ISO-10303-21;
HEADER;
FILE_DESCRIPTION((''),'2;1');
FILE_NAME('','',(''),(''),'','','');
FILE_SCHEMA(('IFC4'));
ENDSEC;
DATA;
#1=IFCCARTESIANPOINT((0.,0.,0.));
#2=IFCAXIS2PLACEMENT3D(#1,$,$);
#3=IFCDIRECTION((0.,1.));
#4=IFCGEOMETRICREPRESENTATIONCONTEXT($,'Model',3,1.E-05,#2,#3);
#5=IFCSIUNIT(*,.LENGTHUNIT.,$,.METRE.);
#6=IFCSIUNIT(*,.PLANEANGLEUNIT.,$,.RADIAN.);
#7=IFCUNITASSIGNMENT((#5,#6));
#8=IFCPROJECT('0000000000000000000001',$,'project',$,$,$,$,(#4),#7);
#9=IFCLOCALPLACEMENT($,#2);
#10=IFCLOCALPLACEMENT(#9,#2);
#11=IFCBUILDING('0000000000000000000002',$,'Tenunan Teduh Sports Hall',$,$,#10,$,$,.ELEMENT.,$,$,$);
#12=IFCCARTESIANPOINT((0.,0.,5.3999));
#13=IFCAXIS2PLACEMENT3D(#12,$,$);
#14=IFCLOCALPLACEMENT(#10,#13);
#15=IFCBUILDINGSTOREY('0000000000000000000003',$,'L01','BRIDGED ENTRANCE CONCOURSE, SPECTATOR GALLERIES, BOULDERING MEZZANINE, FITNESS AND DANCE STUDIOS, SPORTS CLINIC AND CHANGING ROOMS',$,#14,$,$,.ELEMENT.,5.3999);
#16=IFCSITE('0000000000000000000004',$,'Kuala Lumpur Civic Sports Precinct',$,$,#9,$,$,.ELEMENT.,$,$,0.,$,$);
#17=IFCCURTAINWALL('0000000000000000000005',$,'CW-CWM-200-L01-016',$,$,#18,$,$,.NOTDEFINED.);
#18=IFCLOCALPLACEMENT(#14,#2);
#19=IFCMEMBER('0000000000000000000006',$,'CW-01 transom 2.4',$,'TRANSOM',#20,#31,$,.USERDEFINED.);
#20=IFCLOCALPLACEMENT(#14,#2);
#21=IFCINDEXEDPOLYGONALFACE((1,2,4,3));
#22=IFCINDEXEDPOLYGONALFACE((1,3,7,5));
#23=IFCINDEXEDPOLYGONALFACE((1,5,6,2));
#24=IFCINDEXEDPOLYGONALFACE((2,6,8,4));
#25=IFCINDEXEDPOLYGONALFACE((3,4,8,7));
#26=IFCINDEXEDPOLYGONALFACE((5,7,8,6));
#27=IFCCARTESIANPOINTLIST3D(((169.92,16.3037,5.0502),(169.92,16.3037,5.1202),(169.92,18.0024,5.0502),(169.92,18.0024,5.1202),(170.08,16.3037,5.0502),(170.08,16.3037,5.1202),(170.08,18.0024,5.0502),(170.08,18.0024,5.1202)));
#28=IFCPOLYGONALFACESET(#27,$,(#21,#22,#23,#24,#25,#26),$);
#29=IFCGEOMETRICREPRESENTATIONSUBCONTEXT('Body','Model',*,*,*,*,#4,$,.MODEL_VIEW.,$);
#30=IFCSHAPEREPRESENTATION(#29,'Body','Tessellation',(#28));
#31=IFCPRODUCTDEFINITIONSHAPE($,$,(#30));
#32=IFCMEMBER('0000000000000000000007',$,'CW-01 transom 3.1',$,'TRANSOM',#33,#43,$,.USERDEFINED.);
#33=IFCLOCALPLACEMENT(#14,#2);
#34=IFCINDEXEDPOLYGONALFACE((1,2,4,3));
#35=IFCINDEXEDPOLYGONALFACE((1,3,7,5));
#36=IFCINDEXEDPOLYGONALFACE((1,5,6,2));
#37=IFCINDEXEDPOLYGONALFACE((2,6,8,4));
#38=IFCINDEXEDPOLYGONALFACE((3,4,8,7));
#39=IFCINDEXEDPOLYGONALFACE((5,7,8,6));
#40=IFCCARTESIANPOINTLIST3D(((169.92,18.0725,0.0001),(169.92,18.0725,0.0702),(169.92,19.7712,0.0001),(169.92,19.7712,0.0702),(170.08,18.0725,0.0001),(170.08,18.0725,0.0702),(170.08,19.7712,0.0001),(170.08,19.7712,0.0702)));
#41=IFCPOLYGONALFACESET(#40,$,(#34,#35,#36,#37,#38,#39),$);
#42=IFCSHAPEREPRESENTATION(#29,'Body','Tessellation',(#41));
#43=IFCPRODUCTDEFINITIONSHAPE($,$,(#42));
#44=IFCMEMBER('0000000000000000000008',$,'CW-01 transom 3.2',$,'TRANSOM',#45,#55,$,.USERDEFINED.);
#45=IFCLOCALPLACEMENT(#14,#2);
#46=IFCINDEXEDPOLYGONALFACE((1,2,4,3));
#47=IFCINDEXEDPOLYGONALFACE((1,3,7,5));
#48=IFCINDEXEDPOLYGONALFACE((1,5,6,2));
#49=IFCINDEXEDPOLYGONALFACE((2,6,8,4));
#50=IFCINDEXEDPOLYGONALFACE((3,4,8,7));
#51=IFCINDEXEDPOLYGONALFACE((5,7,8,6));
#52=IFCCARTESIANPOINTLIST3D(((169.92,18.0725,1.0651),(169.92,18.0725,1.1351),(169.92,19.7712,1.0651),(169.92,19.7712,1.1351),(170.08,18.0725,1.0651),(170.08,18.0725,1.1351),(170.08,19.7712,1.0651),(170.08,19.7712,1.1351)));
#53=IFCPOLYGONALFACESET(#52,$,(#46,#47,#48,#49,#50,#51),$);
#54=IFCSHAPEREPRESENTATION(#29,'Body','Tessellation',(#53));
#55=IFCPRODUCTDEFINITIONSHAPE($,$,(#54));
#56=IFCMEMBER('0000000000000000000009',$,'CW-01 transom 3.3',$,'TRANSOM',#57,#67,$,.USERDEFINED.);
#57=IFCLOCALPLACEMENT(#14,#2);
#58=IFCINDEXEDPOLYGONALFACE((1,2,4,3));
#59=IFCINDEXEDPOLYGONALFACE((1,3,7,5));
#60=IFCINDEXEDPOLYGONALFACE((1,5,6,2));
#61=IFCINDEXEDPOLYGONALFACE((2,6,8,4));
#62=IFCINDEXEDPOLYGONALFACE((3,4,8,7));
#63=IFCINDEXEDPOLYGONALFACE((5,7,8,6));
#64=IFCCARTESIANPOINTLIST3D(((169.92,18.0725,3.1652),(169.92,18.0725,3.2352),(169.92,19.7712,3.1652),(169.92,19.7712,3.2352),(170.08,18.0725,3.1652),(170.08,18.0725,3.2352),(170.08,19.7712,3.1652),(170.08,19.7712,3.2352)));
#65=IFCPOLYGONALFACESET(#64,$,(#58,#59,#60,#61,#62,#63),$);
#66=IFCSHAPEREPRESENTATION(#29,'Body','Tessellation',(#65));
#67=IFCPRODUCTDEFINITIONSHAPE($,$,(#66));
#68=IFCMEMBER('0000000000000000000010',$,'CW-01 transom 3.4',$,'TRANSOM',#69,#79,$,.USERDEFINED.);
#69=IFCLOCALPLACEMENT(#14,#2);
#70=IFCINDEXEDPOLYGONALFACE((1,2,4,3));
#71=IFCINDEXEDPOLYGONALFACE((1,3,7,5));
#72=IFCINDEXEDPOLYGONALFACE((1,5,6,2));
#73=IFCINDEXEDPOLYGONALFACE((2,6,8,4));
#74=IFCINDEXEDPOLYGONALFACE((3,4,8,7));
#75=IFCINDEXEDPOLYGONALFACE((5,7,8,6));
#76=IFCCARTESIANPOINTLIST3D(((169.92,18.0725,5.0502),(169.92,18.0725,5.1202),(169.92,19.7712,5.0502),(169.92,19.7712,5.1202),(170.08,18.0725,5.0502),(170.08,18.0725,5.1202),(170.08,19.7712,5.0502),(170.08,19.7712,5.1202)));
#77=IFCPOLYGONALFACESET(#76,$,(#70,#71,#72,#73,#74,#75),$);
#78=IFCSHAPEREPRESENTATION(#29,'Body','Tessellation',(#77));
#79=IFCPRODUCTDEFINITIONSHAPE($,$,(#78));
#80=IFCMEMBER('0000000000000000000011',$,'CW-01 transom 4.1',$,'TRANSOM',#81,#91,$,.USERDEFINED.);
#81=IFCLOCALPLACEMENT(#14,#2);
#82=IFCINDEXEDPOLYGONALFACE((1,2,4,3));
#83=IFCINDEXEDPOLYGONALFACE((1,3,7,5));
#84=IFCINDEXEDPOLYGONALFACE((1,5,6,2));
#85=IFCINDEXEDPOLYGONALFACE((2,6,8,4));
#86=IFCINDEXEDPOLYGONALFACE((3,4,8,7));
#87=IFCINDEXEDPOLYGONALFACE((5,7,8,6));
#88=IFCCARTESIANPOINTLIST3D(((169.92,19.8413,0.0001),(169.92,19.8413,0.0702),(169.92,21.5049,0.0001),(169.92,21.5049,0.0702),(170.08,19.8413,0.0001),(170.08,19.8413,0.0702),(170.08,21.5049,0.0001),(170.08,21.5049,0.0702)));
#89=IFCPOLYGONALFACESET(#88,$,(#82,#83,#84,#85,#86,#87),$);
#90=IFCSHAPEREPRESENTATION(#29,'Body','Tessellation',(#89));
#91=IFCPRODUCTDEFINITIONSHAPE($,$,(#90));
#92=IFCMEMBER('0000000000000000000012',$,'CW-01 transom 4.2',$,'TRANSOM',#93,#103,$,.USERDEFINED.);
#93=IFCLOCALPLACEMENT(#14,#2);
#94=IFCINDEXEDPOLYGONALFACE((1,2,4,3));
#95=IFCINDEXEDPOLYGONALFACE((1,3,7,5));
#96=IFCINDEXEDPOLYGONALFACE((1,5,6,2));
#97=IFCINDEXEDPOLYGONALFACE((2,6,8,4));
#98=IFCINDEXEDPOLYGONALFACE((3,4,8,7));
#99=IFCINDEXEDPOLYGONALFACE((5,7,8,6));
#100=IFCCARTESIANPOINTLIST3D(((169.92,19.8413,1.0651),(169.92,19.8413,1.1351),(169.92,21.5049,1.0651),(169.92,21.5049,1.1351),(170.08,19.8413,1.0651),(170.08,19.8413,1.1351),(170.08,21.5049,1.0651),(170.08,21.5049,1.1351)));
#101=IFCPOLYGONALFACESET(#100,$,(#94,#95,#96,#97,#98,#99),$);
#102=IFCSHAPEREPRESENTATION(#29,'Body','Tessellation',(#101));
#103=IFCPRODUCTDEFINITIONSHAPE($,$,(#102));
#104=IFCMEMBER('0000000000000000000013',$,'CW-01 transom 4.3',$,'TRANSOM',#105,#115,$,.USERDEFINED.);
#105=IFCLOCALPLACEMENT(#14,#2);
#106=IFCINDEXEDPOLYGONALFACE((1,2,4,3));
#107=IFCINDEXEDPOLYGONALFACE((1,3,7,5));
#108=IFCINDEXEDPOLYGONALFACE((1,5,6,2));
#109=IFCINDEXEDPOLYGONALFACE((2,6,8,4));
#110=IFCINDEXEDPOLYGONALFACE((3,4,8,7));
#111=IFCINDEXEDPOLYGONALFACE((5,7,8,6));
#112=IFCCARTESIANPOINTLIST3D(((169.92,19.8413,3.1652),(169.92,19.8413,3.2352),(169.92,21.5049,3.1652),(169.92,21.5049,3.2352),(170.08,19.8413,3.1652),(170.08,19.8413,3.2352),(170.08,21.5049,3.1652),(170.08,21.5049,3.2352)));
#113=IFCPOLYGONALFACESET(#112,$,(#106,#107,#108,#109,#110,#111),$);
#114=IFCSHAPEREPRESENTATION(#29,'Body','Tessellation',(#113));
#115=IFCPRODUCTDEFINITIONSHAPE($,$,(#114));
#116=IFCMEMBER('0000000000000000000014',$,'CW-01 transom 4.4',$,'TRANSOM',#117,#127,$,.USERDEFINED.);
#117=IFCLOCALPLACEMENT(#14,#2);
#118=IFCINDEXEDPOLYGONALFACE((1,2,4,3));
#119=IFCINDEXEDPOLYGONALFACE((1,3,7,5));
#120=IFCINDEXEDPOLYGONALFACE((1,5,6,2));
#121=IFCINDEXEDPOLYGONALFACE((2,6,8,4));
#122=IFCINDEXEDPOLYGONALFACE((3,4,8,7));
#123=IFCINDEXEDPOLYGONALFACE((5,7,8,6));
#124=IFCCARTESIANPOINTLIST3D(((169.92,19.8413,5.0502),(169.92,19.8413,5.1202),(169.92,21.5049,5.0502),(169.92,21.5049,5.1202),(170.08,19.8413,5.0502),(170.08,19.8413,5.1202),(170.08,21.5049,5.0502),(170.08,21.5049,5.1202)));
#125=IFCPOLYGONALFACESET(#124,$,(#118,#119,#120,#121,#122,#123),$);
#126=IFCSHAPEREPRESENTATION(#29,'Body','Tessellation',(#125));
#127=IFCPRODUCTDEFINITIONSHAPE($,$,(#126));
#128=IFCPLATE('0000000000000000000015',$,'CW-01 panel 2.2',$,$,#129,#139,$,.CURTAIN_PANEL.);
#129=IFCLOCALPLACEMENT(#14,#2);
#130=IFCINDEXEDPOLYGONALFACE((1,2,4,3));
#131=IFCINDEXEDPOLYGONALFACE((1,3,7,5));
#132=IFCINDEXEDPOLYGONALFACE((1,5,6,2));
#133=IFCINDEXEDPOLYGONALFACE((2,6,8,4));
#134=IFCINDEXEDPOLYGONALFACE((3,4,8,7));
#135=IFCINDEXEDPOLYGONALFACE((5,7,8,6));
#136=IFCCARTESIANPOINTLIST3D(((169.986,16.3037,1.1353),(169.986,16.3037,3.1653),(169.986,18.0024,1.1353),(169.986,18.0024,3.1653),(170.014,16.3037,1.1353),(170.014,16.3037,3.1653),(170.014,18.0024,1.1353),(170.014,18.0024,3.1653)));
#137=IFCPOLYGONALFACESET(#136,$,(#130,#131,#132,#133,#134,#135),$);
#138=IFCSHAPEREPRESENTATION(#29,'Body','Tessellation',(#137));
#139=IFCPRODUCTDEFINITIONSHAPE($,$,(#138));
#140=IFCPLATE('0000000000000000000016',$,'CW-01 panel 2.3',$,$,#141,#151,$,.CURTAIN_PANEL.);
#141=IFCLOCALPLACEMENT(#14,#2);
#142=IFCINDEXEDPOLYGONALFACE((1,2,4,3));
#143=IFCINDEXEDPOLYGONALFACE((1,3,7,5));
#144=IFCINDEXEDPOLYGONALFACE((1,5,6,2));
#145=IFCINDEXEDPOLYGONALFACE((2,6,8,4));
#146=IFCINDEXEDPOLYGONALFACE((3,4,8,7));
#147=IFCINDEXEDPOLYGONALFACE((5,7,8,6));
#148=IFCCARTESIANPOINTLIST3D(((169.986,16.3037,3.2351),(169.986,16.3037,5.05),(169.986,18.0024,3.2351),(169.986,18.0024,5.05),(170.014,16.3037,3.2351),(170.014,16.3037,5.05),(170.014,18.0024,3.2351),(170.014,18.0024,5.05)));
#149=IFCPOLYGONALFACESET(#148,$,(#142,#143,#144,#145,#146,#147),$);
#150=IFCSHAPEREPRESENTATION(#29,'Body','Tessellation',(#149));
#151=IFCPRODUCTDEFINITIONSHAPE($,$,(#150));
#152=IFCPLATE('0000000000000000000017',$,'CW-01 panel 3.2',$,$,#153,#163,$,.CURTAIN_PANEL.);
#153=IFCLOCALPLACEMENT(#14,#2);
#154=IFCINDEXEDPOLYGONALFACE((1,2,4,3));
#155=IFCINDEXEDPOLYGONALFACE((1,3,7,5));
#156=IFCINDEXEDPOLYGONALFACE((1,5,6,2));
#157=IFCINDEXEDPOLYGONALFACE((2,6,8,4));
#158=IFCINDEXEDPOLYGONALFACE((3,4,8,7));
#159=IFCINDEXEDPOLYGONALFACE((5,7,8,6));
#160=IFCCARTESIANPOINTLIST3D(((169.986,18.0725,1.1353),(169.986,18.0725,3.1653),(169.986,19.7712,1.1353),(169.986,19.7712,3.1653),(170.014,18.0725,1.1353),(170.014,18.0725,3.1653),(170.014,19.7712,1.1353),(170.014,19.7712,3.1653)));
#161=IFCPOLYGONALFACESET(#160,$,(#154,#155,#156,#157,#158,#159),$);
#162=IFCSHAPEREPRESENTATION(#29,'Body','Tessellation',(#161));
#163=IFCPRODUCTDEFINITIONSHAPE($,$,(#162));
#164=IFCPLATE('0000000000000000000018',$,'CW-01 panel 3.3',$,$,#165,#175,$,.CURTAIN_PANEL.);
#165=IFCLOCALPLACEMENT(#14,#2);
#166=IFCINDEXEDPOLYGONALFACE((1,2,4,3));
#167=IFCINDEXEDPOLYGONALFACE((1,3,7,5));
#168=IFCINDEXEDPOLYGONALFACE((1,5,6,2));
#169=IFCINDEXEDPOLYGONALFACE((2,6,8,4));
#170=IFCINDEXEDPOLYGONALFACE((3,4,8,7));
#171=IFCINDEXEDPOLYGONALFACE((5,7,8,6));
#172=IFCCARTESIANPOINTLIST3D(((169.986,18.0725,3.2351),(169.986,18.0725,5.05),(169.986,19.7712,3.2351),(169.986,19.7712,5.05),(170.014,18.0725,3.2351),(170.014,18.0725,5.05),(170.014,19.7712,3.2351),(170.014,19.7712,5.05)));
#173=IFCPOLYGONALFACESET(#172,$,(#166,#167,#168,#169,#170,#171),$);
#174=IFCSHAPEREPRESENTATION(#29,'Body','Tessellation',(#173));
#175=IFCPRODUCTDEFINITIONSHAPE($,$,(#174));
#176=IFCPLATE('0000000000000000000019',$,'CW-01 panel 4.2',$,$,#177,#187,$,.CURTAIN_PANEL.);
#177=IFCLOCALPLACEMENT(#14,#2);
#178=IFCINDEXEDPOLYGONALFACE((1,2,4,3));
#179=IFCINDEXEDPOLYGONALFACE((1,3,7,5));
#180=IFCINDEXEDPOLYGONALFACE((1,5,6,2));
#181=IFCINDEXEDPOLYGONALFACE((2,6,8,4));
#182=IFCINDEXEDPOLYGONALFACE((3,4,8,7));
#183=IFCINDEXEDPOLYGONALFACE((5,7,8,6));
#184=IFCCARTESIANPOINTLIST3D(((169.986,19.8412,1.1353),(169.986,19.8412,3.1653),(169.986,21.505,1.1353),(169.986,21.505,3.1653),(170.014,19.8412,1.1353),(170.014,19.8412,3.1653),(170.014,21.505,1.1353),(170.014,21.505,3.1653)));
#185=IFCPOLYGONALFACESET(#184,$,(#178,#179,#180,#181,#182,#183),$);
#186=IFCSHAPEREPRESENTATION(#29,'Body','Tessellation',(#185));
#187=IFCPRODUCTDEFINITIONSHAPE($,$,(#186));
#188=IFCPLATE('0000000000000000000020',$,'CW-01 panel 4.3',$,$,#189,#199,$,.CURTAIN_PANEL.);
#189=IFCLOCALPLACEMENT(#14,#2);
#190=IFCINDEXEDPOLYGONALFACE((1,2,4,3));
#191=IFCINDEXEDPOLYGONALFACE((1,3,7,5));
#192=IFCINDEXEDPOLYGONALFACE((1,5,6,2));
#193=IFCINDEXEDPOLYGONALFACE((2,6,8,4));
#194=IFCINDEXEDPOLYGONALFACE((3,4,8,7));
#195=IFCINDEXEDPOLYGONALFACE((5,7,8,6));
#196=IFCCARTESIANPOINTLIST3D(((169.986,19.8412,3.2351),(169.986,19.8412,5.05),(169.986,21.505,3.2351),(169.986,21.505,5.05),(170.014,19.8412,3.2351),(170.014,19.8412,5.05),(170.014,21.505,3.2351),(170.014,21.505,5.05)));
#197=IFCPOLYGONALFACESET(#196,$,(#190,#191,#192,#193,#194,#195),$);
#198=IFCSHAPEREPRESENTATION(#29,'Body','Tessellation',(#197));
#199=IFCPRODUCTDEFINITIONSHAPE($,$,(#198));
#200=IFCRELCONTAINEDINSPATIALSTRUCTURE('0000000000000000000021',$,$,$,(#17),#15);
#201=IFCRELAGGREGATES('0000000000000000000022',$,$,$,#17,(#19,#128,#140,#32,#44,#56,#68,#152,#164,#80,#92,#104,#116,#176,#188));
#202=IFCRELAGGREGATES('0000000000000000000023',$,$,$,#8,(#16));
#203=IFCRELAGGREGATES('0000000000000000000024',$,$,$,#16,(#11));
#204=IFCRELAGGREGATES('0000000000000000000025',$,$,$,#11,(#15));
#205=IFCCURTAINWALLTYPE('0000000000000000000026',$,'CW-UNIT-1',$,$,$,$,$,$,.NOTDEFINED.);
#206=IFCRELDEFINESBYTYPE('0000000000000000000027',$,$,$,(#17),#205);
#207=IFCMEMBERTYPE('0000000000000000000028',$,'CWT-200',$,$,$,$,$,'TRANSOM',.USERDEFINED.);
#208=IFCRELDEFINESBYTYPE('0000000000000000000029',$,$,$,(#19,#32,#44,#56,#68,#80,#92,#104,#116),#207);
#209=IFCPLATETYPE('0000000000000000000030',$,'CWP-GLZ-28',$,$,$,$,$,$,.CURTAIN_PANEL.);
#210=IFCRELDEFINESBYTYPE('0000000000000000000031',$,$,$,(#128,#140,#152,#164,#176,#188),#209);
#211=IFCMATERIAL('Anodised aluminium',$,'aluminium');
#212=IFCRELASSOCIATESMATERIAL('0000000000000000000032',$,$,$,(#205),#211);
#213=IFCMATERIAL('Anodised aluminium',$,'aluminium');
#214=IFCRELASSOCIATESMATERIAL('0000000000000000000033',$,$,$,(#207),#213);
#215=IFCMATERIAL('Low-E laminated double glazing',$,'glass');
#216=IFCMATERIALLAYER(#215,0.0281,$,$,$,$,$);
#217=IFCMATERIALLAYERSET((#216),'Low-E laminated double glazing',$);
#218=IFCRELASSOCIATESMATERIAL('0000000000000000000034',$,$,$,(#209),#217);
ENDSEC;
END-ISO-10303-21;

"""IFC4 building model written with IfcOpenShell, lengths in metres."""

from ifc_helpers import new_model, si_unit, direction, frame, origin, origin_2d, place, context, subcontext, project, spatial, rectangle, extrude, material, layer, layer_set, material_profile, profile_set, type_object, element, aggregate, save


model = new_model("IFC4")

# Units and contexts
model_context = context("Model", 3, precision=1e-05, world=origin(), true_north=direction((0.0, 1.0)))
body_context = subcontext(model_context, "Body", "Model", "MODEL_VIEW")
ifc_project = project(units=[si_unit("LENGTHUNIT", "METRE"), si_unit("PLANEANGLEUNIT", "RADIAN")], contexts=[model_context])

# Site, building, storey
site_placement = place(None, origin())
site = spatial("IfcSite", under=ifc_project, at=site_placement, Name="Kuala Lumpur Civic Sports Precinct", CompositionType="ELEMENT", RefElevation=0.0)
building_placement = place(site_placement, origin())
building = spatial("IfcBuilding", under=site, at=building_placement, Name="Tenunan Teduh Sports Hall", CompositionType="ELEMENT")
storey_placement = place(building_placement, frame((0.0, 0.0, 5.3999)))
storey = spatial("IfcBuildingStorey", under=building, at=storey_placement, Name="L01", Description="BRIDGED ENTRANCE CONCOURSE, SPECTATOR GALLERIES, BOULDERING MEZZANINE, FITNESS AND DANCE STUDIOS, SPORTS CLINIC AND CHANGING ROOMS", CompositionType="ELEMENT", Elevation=5.3999)

# Curtain wall
ifc_material_1 = material(Name="Anodised aluminium", Category="aluminium")
curtain_wall_type = type_object("IfcCurtainWallType", Name="CW-UNIT-1", PredefinedType="NOTDEFINED", material=ifc_material_1)
curtain_wall_1_placement = place(storey_placement, origin())
curtain_wall_1 = element("IfcCurtainWall", 1, at=curtain_wall_1_placement, inside=storey, type_object=curtain_wall_type, Name="CW-CWM-200-L01-016", PredefinedType="NOTDEFINED")

# Members
ifc_material_2 = material(Name="Anodised aluminium", Category="aluminium")
ifc_material_profile_1 = material_profile(ifc_material_2, rectangle(XDim=0.0701, YDim=0.1599, at=origin_2d()), Name="CWT 70x160")
ifc_profile_set_1 = profile_set([ifc_material_profile_1], Name="Anodised aluminium")
member_type_1 = type_object("IfcMemberType", Name="CWT-200", ElementType="TRANSOM", PredefinedType="USERDEFINED", material=ifc_profile_set_1)
member_1_placement = place(storey_placement, frame((170.0, 16.3037, 5.0852), z_axis=(0.0, 1.0, 0.0), x_axis=(0.0, 0.0, 1.0)))
member_1 = element("IfcMember", 2, at=member_1_placement, type_object=member_type_1, Name="CW-01 transom 2.4", ObjectType="TRANSOM", PredefinedType="USERDEFINED", context=body_context, shape_type="SweptSolid", body=[
    extrude(rectangle(XDim=0.0701, YDim=0.1599, at=origin_2d()), origin(), (0.0, 0.0, 1.0), 1.6987),
])
member_2_placement = place(storey_placement, frame((170.0, 18.0725, 0.0352), z_axis=(0.0, 1.0, 0.0), x_axis=(0.0, 0.0, 1.0)))
member_2 = element("IfcMember", 3, at=member_2_placement, type_object=member_type_1, Name="CW-01 transom 3.1", ObjectType="TRANSOM", PredefinedType="USERDEFINED", context=body_context, shape_type="SweptSolid", body=[
    extrude(rectangle(XDim=0.0701, YDim=0.1599, at=origin_2d()), origin(), (0.0, 0.0, 1.0), 1.6987),
])
member_3_placement = place(storey_placement, frame((170.0, 18.0725, 1.1001), z_axis=(0.0, 1.0, 0.0), x_axis=(0.0, 0.0, 1.0)))
member_3 = element("IfcMember", 4, at=member_3_placement, type_object=member_type_1, Name="CW-01 transom 3.2", ObjectType="TRANSOM", PredefinedType="USERDEFINED", context=body_context, shape_type="SweptSolid", body=[
    extrude(rectangle(XDim=0.0701, YDim=0.1599, at=origin_2d()), origin(), (0.0, 0.0, 1.0), 1.6987),
])
member_4_placement = place(storey_placement, frame((170.0, 18.0725, 3.2002), z_axis=(0.0, 1.0, 0.0), x_axis=(0.0, 0.0, 1.0)))
member_4 = element("IfcMember", 5, at=member_4_placement, type_object=member_type_1, Name="CW-01 transom 3.3", ObjectType="TRANSOM", PredefinedType="USERDEFINED", context=body_context, shape_type="SweptSolid", body=[
    extrude(rectangle(XDim=0.0701, YDim=0.1599, at=origin_2d()), origin(), (0.0, 0.0, 1.0), 1.6987),
])
member_5_placement = place(storey_placement, frame((170.0, 18.0725, 5.0852), z_axis=(0.0, 1.0, 0.0), x_axis=(0.0, 0.0, 1.0)))
member_5 = element("IfcMember", 6, at=member_5_placement, type_object=member_type_1, Name="CW-01 transom 3.4", ObjectType="TRANSOM", PredefinedType="USERDEFINED", context=body_context, shape_type="SweptSolid", body=[
    extrude(rectangle(XDim=0.0701, YDim=0.1599, at=origin_2d()), origin(), (0.0, 0.0, 1.0), 1.6987),
])
member_6_placement = place(storey_placement, frame((170.0, 19.8413, 0.0352), z_axis=(0.0, 1.0, 0.0), x_axis=(0.0, 0.0, 1.0)))
member_6 = element("IfcMember", 7, at=member_6_placement, type_object=member_type_1, Name="CW-01 transom 4.1", ObjectType="TRANSOM", PredefinedType="USERDEFINED", context=body_context, shape_type="SweptSolid", body=[
    extrude(rectangle(XDim=0.0701, YDim=0.1599, at=origin_2d()), origin(), (0.0, 0.0, 1.0), 1.6636),
])
member_7_placement = place(storey_placement, frame((170.0, 19.8413, 1.1001), z_axis=(0.0, 1.0, 0.0), x_axis=(0.0, 0.0, 1.0)))
member_7 = element("IfcMember", 8, at=member_7_placement, type_object=member_type_1, Name="CW-01 transom 4.2", ObjectType="TRANSOM", PredefinedType="USERDEFINED", context=body_context, shape_type="SweptSolid", body=[
    extrude(rectangle(XDim=0.0701, YDim=0.1599, at=origin_2d()), origin(), (0.0, 0.0, 1.0), 1.6636),
])
member_8_placement = place(storey_placement, frame((170.0, 19.8413, 3.2002), z_axis=(0.0, 1.0, 0.0), x_axis=(0.0, 0.0, 1.0)))
member_8 = element("IfcMember", 9, at=member_8_placement, type_object=member_type_1, Name="CW-01 transom 4.3", ObjectType="TRANSOM", PredefinedType="USERDEFINED", context=body_context, shape_type="SweptSolid", body=[
    extrude(rectangle(XDim=0.0701, YDim=0.1599, at=origin_2d()), origin(), (0.0, 0.0, 1.0), 1.6636),
])
member_9_placement = place(storey_placement, frame((170.0, 19.8413, 5.0852), z_axis=(0.0, 1.0, 0.0), x_axis=(0.0, 0.0, 1.0)))
member_9 = element("IfcMember", 10, at=member_9_placement, type_object=member_type_1, Name="CW-01 transom 4.4", ObjectType="TRANSOM", PredefinedType="USERDEFINED", context=body_context, shape_type="SweptSolid", body=[
    extrude(rectangle(XDim=0.0701, YDim=0.1599, at=origin_2d()), origin(), (0.0, 0.0, 1.0), 1.6636),
])

# Plates
ifc_material_3 = material(Name="Low-E laminated double glazing", Category="glass")
ifc_layer_1 = layer(ifc_material_3, 0.0281)
ifc_layer_set_1 = layer_set([ifc_layer_1], Name="Low-E laminated double glazing")
plate_type_1 = type_object("IfcPlateType", Name="CWP-GLZ-28", PredefinedType="CURTAIN_PANEL", material=ifc_layer_set_1)
plate_1_placement = place(storey_placement, frame((170.0, 17.1531, 1.1353), z_axis=(0.0, 0.0, 1.0), x_axis=(0.0, 1.0, 0.0)))
plate_1 = element("IfcPlate", 11, at=plate_1_placement, type_object=plate_type_1, Name="CW-01 panel 2.2", PredefinedType="CURTAIN_PANEL", context=body_context, shape_type="SweptSolid", body=[
    extrude(rectangle(XDim=1.6987, YDim=0.0281, at=origin_2d()), origin(), (0.0, 0.0, 1.0), 2.03),
])
plate_2_placement = place(storey_placement, frame((170.0, 17.1531, 3.2351), z_axis=(0.0, 0.0, 1.0), x_axis=(0.0, 1.0, 0.0)))
plate_2 = element("IfcPlate", 12, at=plate_2_placement, type_object=plate_type_1, Name="CW-01 panel 2.3", PredefinedType="CURTAIN_PANEL", context=body_context, shape_type="SweptSolid", body=[
    extrude(rectangle(XDim=1.6987, YDim=0.0281, at=origin_2d()), origin(), (0.0, 0.0, 1.0), 1.8149),
])
plate_3_placement = place(storey_placement, frame((170.0, 18.9219, 1.1353), z_axis=(0.0, 0.0, 1.0), x_axis=(0.0, 1.0, 0.0)))
plate_3 = element("IfcPlate", 13, at=plate_3_placement, type_object=plate_type_1, Name="CW-01 panel 3.2", PredefinedType="CURTAIN_PANEL", context=body_context, shape_type="SweptSolid", body=[
    extrude(rectangle(XDim=1.6987, YDim=0.0281, at=origin_2d()), origin(), (0.0, 0.0, 1.0), 2.03),
])
plate_4_placement = place(storey_placement, frame((170.0, 18.9219, 3.2351), z_axis=(0.0, 0.0, 1.0), x_axis=(0.0, 1.0, 0.0)))
plate_4 = element("IfcPlate", 14, at=plate_4_placement, type_object=plate_type_1, Name="CW-01 panel 3.3", PredefinedType="CURTAIN_PANEL", context=body_context, shape_type="SweptSolid", body=[
    extrude(rectangle(XDim=1.6987, YDim=0.0281, at=origin_2d()), origin(), (0.0, 0.0, 1.0), 1.8149),
])
plate_5_placement = place(storey_placement, frame((170.0, 20.6731, 1.1353), z_axis=(0.0, 0.0, 1.0), x_axis=(0.0, 1.0, 0.0)))
plate_5 = element("IfcPlate", 15, at=plate_5_placement, type_object=plate_type_1, Name="CW-01 panel 4.2", PredefinedType="CURTAIN_PANEL", context=body_context, shape_type="SweptSolid", body=[
    extrude(rectangle(XDim=1.6638, YDim=0.0281, at=origin_2d()), origin(), (0.0, 0.0, 1.0), 2.03),
])
plate_6_placement = place(storey_placement, frame((170.0, 20.6731, 3.2351), z_axis=(0.0, 0.0, 1.0), x_axis=(0.0, 1.0, 0.0)))
plate_6 = element("IfcPlate", 16, at=plate_6_placement, type_object=plate_type_1, Name="CW-01 panel 4.3", PredefinedType="CURTAIN_PANEL", context=body_context, shape_type="SweptSolid", body=[
    extrude(rectangle(XDim=1.6638, YDim=0.0281, at=origin_2d()), origin(), (0.0, 0.0, 1.0), 1.8149),
])
aggregate(curtain_wall_1, [member_1, plate_1, plate_2, member_2, member_3, member_4, member_5, plate_3, plate_4, member_6, member_7, member_8, member_9, plate_5, plate_6])

save(model, "model.ifc")
